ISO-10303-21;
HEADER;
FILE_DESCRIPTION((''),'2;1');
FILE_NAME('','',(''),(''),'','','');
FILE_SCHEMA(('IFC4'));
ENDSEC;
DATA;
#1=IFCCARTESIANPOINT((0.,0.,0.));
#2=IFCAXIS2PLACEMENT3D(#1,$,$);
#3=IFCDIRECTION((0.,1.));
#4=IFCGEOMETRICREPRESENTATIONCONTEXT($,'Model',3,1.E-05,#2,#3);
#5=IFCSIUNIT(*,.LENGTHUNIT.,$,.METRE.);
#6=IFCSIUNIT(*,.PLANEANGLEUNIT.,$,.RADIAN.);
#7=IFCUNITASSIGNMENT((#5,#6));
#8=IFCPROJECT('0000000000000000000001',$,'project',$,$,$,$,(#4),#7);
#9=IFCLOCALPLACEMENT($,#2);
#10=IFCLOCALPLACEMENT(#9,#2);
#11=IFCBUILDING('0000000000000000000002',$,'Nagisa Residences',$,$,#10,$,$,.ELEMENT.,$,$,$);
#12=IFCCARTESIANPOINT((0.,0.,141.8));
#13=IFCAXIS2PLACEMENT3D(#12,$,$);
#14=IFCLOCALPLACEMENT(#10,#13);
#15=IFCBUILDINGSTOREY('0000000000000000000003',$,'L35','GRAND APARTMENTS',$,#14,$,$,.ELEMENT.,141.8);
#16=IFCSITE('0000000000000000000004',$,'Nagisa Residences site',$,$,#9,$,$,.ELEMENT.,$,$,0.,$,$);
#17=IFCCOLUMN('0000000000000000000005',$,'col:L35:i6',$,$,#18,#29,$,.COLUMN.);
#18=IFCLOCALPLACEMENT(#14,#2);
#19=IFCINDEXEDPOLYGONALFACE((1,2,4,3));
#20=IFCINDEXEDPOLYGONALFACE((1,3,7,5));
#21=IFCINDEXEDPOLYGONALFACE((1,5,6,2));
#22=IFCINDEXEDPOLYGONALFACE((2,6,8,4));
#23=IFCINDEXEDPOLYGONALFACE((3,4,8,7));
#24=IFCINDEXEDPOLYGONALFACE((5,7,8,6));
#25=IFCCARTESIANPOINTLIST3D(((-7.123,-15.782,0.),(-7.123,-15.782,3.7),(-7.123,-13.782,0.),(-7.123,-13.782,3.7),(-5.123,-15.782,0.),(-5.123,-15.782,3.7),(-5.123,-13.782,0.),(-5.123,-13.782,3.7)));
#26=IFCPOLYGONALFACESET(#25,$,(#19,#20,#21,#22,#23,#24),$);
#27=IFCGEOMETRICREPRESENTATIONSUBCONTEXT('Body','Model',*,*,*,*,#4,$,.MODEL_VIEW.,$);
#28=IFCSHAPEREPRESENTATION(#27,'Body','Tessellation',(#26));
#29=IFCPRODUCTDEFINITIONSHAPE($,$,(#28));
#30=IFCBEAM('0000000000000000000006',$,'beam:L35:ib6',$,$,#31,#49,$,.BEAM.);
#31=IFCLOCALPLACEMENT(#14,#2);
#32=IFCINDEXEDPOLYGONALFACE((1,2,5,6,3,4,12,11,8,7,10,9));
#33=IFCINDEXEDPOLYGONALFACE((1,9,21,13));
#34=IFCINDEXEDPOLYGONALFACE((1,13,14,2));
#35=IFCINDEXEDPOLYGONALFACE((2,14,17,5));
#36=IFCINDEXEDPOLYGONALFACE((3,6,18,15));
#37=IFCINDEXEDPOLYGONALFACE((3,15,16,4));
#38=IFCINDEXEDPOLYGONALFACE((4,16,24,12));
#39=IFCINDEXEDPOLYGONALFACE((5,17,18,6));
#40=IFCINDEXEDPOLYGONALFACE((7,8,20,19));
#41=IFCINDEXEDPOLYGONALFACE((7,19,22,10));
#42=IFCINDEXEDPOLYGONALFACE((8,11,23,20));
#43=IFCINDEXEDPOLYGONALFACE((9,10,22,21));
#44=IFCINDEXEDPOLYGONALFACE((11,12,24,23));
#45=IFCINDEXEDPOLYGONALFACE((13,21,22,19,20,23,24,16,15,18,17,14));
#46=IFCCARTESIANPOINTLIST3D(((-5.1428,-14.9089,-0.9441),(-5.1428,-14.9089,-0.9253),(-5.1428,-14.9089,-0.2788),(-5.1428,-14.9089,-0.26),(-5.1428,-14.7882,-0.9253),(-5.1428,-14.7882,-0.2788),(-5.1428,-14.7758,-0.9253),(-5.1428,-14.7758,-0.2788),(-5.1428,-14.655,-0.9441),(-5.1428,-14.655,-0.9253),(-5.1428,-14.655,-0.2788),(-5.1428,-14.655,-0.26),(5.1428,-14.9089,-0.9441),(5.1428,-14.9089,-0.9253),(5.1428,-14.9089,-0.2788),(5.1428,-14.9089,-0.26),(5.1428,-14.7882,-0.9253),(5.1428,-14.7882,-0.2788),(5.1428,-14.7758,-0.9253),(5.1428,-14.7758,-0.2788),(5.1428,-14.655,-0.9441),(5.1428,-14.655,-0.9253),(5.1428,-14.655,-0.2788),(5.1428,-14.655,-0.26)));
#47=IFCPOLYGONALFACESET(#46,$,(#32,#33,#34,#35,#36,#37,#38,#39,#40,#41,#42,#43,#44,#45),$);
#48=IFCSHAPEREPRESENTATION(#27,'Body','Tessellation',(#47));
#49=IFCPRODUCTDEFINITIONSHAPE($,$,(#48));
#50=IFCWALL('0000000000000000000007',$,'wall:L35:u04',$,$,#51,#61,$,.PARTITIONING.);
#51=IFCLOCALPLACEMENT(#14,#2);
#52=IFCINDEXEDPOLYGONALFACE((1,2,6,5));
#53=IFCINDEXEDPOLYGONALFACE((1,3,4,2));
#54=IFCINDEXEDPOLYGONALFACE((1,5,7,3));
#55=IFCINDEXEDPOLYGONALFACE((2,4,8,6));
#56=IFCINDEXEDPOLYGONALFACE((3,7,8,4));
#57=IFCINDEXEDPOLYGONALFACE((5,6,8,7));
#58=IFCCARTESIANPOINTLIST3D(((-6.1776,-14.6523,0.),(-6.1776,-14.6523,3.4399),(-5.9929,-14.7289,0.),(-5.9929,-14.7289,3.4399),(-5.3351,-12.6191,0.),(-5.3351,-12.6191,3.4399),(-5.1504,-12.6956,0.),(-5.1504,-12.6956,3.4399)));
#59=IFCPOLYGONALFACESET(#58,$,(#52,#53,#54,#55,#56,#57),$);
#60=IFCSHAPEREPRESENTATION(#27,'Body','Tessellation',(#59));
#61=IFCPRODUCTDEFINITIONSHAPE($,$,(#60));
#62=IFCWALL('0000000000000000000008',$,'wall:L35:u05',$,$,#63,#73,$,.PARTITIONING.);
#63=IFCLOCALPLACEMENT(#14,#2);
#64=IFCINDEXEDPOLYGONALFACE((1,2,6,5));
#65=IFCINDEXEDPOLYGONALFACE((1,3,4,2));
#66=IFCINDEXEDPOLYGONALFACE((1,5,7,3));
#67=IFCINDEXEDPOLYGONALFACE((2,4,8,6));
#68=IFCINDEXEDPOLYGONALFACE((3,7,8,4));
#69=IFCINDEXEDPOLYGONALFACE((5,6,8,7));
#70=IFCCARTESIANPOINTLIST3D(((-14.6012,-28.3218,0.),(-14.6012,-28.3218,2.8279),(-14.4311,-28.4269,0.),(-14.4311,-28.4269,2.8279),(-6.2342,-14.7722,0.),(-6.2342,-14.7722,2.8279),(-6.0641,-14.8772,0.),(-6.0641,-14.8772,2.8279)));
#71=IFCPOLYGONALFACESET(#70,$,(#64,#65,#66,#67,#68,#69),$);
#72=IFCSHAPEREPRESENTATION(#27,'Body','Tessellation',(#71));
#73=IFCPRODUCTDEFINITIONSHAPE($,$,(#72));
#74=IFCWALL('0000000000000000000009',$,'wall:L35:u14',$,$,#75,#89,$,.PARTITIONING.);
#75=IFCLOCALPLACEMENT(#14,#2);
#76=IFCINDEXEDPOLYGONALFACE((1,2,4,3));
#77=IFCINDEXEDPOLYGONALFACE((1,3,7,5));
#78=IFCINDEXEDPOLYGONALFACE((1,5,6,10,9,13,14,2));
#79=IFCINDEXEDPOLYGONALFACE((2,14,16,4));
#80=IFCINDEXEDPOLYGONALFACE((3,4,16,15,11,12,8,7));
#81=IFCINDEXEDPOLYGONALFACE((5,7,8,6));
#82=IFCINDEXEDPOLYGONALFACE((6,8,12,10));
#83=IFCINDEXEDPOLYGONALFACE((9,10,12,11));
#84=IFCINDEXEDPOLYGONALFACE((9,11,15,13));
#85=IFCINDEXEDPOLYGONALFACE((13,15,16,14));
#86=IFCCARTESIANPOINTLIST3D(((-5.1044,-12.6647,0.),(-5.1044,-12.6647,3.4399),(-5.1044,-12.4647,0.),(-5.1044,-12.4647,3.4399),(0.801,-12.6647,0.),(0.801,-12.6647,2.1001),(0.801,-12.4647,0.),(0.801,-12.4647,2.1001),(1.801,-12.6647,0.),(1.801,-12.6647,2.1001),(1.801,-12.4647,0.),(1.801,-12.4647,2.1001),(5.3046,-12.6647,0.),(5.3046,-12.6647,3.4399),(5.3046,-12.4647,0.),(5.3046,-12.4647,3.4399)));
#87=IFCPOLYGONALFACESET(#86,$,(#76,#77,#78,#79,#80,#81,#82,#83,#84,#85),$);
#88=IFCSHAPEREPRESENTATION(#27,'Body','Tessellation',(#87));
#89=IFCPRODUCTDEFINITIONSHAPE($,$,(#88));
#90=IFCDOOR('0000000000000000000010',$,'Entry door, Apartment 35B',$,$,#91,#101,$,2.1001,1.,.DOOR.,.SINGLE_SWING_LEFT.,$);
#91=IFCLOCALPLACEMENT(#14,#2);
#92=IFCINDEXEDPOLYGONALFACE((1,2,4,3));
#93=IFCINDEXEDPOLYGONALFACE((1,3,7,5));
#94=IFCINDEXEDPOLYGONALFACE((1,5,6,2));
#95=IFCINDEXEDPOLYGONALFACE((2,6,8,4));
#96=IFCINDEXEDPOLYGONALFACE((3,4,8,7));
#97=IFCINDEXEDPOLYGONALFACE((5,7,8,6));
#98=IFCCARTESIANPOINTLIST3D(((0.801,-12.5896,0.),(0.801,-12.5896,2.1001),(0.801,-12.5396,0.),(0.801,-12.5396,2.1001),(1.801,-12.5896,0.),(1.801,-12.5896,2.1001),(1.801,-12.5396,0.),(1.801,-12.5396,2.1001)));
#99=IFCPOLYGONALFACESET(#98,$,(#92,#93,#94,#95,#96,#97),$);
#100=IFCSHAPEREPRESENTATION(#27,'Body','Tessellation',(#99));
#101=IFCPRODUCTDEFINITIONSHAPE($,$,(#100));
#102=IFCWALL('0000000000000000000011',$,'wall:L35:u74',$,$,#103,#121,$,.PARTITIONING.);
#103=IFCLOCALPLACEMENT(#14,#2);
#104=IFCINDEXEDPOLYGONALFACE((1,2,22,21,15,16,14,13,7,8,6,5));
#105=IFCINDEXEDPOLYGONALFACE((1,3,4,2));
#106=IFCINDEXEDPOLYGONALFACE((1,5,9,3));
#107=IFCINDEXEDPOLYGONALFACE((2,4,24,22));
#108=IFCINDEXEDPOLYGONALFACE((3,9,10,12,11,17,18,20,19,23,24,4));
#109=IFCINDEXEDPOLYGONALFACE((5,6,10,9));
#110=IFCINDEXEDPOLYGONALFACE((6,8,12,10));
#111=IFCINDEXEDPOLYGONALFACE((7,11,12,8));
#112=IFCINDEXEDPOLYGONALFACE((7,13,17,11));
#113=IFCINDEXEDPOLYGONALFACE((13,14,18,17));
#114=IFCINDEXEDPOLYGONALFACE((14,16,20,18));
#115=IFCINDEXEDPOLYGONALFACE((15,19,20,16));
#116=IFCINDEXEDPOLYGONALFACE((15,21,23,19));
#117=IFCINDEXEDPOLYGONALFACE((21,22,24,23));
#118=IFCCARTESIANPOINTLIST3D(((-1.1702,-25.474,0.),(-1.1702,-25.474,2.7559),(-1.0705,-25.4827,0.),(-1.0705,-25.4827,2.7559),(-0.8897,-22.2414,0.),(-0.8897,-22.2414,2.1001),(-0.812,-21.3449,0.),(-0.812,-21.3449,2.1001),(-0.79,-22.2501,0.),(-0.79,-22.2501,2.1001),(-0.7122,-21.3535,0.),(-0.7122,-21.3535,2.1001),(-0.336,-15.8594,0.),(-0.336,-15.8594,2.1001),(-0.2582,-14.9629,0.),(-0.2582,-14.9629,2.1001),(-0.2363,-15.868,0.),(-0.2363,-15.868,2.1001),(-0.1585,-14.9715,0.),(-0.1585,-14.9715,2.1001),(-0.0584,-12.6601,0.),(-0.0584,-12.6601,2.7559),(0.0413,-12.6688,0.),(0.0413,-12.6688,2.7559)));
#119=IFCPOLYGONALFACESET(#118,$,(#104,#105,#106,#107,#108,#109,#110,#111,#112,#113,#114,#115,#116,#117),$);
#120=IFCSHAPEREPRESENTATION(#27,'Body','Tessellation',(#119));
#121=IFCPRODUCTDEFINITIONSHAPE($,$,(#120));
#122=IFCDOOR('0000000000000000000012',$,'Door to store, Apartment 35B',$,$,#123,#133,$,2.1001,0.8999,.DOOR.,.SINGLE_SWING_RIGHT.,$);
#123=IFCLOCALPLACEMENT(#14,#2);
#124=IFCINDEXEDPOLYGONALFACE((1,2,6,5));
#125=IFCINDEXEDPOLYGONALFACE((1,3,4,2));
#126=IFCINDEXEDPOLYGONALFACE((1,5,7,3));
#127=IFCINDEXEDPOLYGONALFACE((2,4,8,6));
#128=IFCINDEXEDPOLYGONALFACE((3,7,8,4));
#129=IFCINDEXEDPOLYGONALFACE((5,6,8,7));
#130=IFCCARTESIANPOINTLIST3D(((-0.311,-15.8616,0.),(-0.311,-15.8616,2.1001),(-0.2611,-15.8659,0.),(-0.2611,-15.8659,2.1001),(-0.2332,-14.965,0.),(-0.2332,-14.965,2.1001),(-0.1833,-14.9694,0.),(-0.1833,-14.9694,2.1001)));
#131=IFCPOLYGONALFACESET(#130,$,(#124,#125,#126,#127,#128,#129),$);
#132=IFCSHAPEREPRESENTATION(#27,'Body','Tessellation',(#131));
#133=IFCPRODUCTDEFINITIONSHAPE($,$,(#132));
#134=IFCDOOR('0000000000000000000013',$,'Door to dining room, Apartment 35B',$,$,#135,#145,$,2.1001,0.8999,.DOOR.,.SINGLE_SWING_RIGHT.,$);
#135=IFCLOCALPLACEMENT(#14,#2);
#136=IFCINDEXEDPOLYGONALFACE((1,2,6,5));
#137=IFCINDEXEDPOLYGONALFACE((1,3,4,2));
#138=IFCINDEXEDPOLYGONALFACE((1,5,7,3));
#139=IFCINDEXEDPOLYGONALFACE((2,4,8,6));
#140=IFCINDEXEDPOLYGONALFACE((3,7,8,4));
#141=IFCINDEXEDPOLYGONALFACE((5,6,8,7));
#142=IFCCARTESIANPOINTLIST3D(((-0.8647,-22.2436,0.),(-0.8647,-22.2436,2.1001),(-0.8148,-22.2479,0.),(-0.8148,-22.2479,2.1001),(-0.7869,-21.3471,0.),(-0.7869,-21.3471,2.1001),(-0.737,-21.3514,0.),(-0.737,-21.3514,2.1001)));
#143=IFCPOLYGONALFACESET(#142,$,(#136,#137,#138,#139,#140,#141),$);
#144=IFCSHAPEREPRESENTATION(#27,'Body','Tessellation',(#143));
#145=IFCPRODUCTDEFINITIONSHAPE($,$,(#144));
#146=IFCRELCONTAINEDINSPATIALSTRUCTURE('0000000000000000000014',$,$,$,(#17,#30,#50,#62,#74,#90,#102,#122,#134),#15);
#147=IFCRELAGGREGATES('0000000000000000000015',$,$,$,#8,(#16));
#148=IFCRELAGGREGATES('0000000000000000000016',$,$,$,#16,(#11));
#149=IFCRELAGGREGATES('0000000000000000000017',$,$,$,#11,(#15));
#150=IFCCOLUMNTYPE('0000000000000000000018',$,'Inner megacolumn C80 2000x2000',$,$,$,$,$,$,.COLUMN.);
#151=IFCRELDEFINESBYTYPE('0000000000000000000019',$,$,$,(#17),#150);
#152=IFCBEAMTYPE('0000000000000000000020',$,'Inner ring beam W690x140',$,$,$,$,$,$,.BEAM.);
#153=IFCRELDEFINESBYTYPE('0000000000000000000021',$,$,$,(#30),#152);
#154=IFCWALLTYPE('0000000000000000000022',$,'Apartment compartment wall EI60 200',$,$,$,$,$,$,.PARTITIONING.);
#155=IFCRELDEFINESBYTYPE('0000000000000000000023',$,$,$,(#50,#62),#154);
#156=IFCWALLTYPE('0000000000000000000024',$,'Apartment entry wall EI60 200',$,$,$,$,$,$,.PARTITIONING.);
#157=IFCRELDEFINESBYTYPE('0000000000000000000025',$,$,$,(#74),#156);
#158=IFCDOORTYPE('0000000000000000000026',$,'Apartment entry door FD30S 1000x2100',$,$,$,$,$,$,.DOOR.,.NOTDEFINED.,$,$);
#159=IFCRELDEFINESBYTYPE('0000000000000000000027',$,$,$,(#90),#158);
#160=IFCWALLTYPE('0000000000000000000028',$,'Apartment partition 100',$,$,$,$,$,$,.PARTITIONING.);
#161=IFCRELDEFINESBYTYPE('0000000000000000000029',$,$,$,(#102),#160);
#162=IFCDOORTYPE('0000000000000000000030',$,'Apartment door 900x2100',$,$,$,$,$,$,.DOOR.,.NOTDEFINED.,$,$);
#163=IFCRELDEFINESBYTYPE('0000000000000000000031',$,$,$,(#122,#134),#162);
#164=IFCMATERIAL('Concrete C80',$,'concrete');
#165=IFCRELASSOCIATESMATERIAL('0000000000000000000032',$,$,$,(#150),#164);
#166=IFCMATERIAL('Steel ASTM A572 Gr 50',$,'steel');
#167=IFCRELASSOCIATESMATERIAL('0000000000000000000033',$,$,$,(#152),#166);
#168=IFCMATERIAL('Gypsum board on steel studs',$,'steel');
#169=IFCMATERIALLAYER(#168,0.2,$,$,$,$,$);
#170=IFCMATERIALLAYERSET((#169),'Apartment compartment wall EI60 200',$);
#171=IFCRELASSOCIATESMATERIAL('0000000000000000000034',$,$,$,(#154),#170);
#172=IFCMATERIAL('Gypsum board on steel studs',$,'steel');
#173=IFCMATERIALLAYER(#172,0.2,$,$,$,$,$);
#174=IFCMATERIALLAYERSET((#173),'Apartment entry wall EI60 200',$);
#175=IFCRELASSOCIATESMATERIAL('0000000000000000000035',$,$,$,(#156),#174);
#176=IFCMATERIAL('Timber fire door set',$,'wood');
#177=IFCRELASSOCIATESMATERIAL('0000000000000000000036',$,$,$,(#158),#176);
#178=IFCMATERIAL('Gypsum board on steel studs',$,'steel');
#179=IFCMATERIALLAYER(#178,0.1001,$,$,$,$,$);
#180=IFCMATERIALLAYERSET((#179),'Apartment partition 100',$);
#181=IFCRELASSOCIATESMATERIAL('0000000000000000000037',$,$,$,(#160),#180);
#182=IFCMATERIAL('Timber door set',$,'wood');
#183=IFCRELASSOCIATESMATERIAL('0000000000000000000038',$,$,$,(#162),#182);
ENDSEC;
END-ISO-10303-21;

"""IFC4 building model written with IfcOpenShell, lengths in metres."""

from ifc_helpers import new_model, si_unit, direction, frame, frame_2d, origin, origin_2d, place, context, subcontext, project, spatial, rectangle, i_section, extrude, material, layer, layer_set, material_profile, profile_set, type_object, element, fill, save


model = new_model("IFC4")

# Units and contexts
model_context = context("Model", 3, precision=1e-05, world=origin(), true_north=direction((0.0, 1.0)))
body_context = subcontext(model_context, "Body", "Model", "MODEL_VIEW")
ifc_project = project(units=[si_unit("LENGTHUNIT", "METRE"), si_unit("PLANEANGLEUNIT", "RADIAN")], contexts=[model_context])

# Site, building, storey
site_placement = place(None, origin())
site = spatial("IfcSite", under=ifc_project, at=site_placement, Name="Nagisa Residences site", CompositionType="ELEMENT", RefElevation=0.0)
building_placement = place(site_placement, origin())
building = spatial("IfcBuilding", under=site, at=building_placement, Name="Nagisa Residences", CompositionType="ELEMENT")
storey_placement = place(building_placement, frame((0.0, 0.0, 141.8)))
storey = spatial("IfcBuildingStorey", under=building, at=storey_placement, Name="L35", Description="GRAND APARTMENTS", CompositionType="ELEMENT", Elevation=141.8)

# Column
ifc_material_1 = material(Name="Concrete C80", Category="concrete")
ifc_material_profile_1 = material_profile(ifc_material_1, rectangle(XDim=2.0, YDim=2.0, at=origin_2d()), Name="C80 2000x2000")
ifc_profile_set_1 = profile_set([ifc_material_profile_1], Name="Concrete C80")
column_type = type_object("IfcColumnType", Name="Inner megacolumn C80 2000x2000", PredefinedType="COLUMN", material=ifc_profile_set_1)
column_placement = place(storey_placement, frame((-6.123, -14.782, 0.0), z_axis=(0.0, 0.0, 1.0), x_axis=(1.0, 0.0, 0.0)))
element("IfcColumn", 1, at=column_placement, inside=storey, type_object=column_type, Name="col:L35:i6", PredefinedType="COLUMN", context=body_context, shape_type="SweptSolid", body=[
    extrude(rectangle(XDim=2.0, YDim=2.0, at=origin_2d()), origin(), (0.0, 0.0, 1.0), 3.7),
])

# Beam
ifc_material_2 = material(Name="Steel ASTM A572 Gr 50", Category="steel")
ifc_material_profile_2 = material_profile(ifc_material_2, i_section(OverallWidth=0.2539, OverallDepth=0.6841, WebThickness=0.0125, FlangeThickness=0.0188, at=origin_2d()), Name="W690x140")
ifc_profile_set_2 = profile_set([ifc_material_profile_2], Name="Steel ASTM A572 Gr 50")
beam_type = type_object("IfcBeamType", Name="Inner ring beam W690x140", PredefinedType="BEAM", material=ifc_profile_set_2)
beam_placement = place(storey_placement, frame((-5.1428, -14.782, -0.6021), z_axis=(1.0, 0.0, 0.0), x_axis=(0.0, 1.0, 0.0)))
element("IfcBeam", 2, at=beam_placement, inside=storey, type_object=beam_type, Name="beam:L35:ib6", PredefinedType="BEAM", context=body_context, shape_type="SweptSolid", body=[
    extrude(i_section(OverallWidth=0.2539, OverallDepth=0.6841, WebThickness=0.0125, FlangeThickness=0.0188, at=origin_2d()), origin(), (0.0, 0.0, 1.0), 10.2856),
])

# Walls
ifc_material_3 = material(Name="Gypsum board on steel studs", Category="steel")
ifc_layer_1 = layer(ifc_material_3, 0.2)
ifc_layer_set_1 = layer_set([ifc_layer_1], Name="Apartment compartment wall EI60 200")
wall_type_1 = type_object("IfcWallType", Name="Apartment compartment wall EI60 200", PredefinedType="PARTITIONING", material=ifc_layer_set_1)
wall_1_placement = place(storey_placement, frame((-5.2427, -12.6572, 0.0), z_axis=(0.0, 0.0, 1.0), x_axis=(-0.382819, -0.923823, 0.0)))
element("IfcWall", 3, at=wall_1_placement, inside=storey, type_object=wall_type_1, Name="wall:L35:u04", PredefinedType="PARTITIONING", context=body_context, shape_type="SweptSolid", body=[
    extrude(rectangle(XDim=2.2009, YDim=0.2, at=frame_2d((1.1006, 0.0))), origin(), (0.0, 0.0, 1.0), 3.4399),
])
wall_2_placement = place(storey_placement, frame((-6.1492, -14.8247, 0.0), z_axis=(0.0, 0.0, 1.0), x_axis=(-0.525406, -0.850851, 0.0)))
element("IfcWall", 4, at=wall_2_placement, inside=storey, type_object=wall_type_1, Name="wall:L35:u05", PredefinedType="PARTITIONING", context=body_context, shape_type="SweptSolid", body=[
    extrude(rectangle(XDim=15.9248, YDim=0.2, at=frame_2d((7.9624, 0.0))), origin(), (0.0, 0.0, 1.0), 2.8279),
])

# Wall, opening, door
ifc_material_4 = material(Name="Gypsum board on steel studs", Category="steel")
ifc_layer_2 = layer(ifc_material_4, 0.2)
ifc_layer_set_2 = layer_set([ifc_layer_2], Name="Apartment entry wall EI60 200")
wall_type_2 = type_object("IfcWallType", Name="Apartment entry wall EI60 200", PredefinedType="PARTITIONING", material=ifc_layer_set_2)
wall_3_placement = place(storey_placement, frame((-5.1045, -12.5647, 0.0), z_axis=(0.0, 0.0, 1.0), x_axis=(1.0, 0.0, 0.0)))
wall_3 = element("IfcWall", 5, at=wall_3_placement, inside=storey, type_object=wall_type_2, Name="wall:L35:u14", PredefinedType="PARTITIONING", context=body_context, shape_type="SweptSolid", body=[
    extrude(rectangle(XDim=10.4089, YDim=0.2, at=frame_2d((5.2046, 0.0))), origin(), (0.0, 0.0, 1.0), 3.4399),
])
opening_1_placement = place(wall_3_placement, frame((5.9055, 0.0, 0.0)))
opening_1 = element("IfcOpeningElement", 6, at=opening_1_placement, cuts=wall_3, PredefinedType="OPENING", context=body_context, shape_type="SweptSolid", body=[
    extrude(rectangle(XDim=1.0, YDim=2.1001, at=frame_2d((0.5, 1.05))), frame((0.0, 0.1099, 0.0), z_axis=(0.0, -1.0, 0.0), x_axis=(1.0, 0.0, 0.0)), (0.0, 0.0, 1.0), 0.22),
])
ifc_material_5 = material(Name="Timber fire door set", Category="wood")
door_type_1 = type_object("IfcDoorType", Name="Apartment entry door FD30S 1000x2100", OperationType="NOTDEFINED", PredefinedType="DOOR", material=ifc_material_5)
door_1_placement = place(opening_1_placement, frame((1.0, 0.0, 0.0), x_axis=(-1.0, 0.0, 0.0)))
door_1 = element("IfcDoor", 7, at=door_1_placement, inside=storey, type_object=door_type_1, Name="Entry door, Apartment 35B", OperationType="SINGLE_SWING_LEFT", OverallHeight=2.1001, OverallWidth=1.0, PredefinedType="DOOR", context=body_context, shape_type="SweptSolid", body=[
    extrude(rectangle(XDim=1.0, YDim=2.1001, at=frame_2d((0.5, 1.05))), frame((0.0, 0.0249, 0.0), z_axis=(0.0, -1.0, 0.0), x_axis=(1.0, 0.0, 0.0)), (0.0, 0.0, 1.0), 0.05),
])
fill(opening_1, door_1)

# Wall, openings, doors
ifc_material_6 = material(Name="Gypsum board on steel studs", Category="steel")
ifc_layer_3 = layer(ifc_material_6, 0.1001)
ifc_layer_set_3 = layer_set([ifc_layer_3], Name="Apartment partition 100")
wall_type_3 = type_object("IfcWallType", Name="Apartment partition 100", PredefinedType="PARTITIONING", material=ifc_layer_set_3)
wall_4_placement = place(storey_placement, frame((-0.0085, -12.6643, 0.0), z_axis=(0.0, 0.0, 1.0), x_axis=(-0.086441, -0.996257, 0.0)))
wall_4 = element("IfcWall", 8, at=wall_4_placement, inside=storey, type_object=wall_type_3, Name="wall:L35:u74", PredefinedType="PARTITIONING", context=body_context, shape_type="SweptSolid", body=[
    extrude(rectangle(XDim=12.8621, YDim=0.1001, at=frame_2d((6.4312, 0.0))), origin(), (0.0, 0.0, 1.0), 2.7559),
])
opening_2_placement = place(wall_4_placement, frame((2.3115, 0.0, 0.0)))
opening_2 = element("IfcOpeningElement", 9, at=opening_2_placement, cuts=wall_4, PredefinedType="OPENING", context=body_context, shape_type="SweptSolid", body=[
    extrude(rectangle(XDim=0.8999, YDim=2.1001, at=frame_2d((0.45, 1.05))), frame((0.0, 0.0601, 0.0), z_axis=(0.0, -1.0, 0.0), x_axis=(1.0, 0.0, 0.0)), (0.0, 0.0, 1.0), 0.1201),
])
opening_3_placement = place(wall_4_placement, frame((8.7175, 0.0, 0.0)))
opening_3 = element("IfcOpeningElement", 10, at=opening_3_placement, cuts=wall_4, PredefinedType="OPENING", context=body_context, shape_type="SweptSolid", body=[
    extrude(rectangle(XDim=0.8999, YDim=2.1001, at=frame_2d((0.45, 1.05))), frame((0.0, 0.0601, 0.0), z_axis=(0.0, -1.0, 0.0), x_axis=(1.0, 0.0, 0.0)), (0.0, 0.0, 1.0), 0.1201),
])
ifc_material_7 = material(Name="Timber door set", Category="wood")
door_type_2 = type_object("IfcDoorType", Name="Apartment door 900x2100", OperationType="NOTDEFINED", PredefinedType="DOOR", material=ifc_material_7)
door_2_placement = place(opening_2_placement, frame((0.8999, 0.0, 0.0), x_axis=(-1.0, 0.0, 0.0)))
door_2 = element("IfcDoor", 11, at=door_2_placement, inside=storey, type_object=door_type_2, Name="Door to store, Apartment 35B", OperationType="SINGLE_SWING_RIGHT", OverallHeight=2.1001, OverallWidth=0.8999, PredefinedType="DOOR", context=body_context, shape_type="SweptSolid", body=[
    extrude(rectangle(XDim=0.8999, YDim=2.1001, at=frame_2d((0.45, 1.05))), frame((0.0, 0.0249, 0.0), z_axis=(0.0, -1.0, 0.0), x_axis=(1.0, 0.0, 0.0)), (0.0, 0.0, 1.0), 0.05),
])
fill(opening_2, door_2)
door_3_placement = place(opening_3_placement, frame((0.8999, 0.0, 0.0), x_axis=(-1.0, 0.0, 0.0)))
door_3 = element("IfcDoor", 12, at=door_3_placement, inside=storey, type_object=door_type_2, Name="Door to dining room, Apartment 35B", OperationType="SINGLE_SWING_RIGHT", OverallHeight=2.1001, OverallWidth=0.8999, PredefinedType="DOOR", context=body_context, shape_type="SweptSolid", body=[
    extrude(rectangle(XDim=0.8999, YDim=2.1001, at=frame_2d((0.45, 1.05))), frame((0.0, 0.0249, 0.0), z_axis=(0.0, -1.0, 0.0), x_axis=(1.0, 0.0, 0.0)), (0.0, 0.0, 1.0), 0.05),
])
fill(opening_3, door_3)

save(model, "model.ifc")
